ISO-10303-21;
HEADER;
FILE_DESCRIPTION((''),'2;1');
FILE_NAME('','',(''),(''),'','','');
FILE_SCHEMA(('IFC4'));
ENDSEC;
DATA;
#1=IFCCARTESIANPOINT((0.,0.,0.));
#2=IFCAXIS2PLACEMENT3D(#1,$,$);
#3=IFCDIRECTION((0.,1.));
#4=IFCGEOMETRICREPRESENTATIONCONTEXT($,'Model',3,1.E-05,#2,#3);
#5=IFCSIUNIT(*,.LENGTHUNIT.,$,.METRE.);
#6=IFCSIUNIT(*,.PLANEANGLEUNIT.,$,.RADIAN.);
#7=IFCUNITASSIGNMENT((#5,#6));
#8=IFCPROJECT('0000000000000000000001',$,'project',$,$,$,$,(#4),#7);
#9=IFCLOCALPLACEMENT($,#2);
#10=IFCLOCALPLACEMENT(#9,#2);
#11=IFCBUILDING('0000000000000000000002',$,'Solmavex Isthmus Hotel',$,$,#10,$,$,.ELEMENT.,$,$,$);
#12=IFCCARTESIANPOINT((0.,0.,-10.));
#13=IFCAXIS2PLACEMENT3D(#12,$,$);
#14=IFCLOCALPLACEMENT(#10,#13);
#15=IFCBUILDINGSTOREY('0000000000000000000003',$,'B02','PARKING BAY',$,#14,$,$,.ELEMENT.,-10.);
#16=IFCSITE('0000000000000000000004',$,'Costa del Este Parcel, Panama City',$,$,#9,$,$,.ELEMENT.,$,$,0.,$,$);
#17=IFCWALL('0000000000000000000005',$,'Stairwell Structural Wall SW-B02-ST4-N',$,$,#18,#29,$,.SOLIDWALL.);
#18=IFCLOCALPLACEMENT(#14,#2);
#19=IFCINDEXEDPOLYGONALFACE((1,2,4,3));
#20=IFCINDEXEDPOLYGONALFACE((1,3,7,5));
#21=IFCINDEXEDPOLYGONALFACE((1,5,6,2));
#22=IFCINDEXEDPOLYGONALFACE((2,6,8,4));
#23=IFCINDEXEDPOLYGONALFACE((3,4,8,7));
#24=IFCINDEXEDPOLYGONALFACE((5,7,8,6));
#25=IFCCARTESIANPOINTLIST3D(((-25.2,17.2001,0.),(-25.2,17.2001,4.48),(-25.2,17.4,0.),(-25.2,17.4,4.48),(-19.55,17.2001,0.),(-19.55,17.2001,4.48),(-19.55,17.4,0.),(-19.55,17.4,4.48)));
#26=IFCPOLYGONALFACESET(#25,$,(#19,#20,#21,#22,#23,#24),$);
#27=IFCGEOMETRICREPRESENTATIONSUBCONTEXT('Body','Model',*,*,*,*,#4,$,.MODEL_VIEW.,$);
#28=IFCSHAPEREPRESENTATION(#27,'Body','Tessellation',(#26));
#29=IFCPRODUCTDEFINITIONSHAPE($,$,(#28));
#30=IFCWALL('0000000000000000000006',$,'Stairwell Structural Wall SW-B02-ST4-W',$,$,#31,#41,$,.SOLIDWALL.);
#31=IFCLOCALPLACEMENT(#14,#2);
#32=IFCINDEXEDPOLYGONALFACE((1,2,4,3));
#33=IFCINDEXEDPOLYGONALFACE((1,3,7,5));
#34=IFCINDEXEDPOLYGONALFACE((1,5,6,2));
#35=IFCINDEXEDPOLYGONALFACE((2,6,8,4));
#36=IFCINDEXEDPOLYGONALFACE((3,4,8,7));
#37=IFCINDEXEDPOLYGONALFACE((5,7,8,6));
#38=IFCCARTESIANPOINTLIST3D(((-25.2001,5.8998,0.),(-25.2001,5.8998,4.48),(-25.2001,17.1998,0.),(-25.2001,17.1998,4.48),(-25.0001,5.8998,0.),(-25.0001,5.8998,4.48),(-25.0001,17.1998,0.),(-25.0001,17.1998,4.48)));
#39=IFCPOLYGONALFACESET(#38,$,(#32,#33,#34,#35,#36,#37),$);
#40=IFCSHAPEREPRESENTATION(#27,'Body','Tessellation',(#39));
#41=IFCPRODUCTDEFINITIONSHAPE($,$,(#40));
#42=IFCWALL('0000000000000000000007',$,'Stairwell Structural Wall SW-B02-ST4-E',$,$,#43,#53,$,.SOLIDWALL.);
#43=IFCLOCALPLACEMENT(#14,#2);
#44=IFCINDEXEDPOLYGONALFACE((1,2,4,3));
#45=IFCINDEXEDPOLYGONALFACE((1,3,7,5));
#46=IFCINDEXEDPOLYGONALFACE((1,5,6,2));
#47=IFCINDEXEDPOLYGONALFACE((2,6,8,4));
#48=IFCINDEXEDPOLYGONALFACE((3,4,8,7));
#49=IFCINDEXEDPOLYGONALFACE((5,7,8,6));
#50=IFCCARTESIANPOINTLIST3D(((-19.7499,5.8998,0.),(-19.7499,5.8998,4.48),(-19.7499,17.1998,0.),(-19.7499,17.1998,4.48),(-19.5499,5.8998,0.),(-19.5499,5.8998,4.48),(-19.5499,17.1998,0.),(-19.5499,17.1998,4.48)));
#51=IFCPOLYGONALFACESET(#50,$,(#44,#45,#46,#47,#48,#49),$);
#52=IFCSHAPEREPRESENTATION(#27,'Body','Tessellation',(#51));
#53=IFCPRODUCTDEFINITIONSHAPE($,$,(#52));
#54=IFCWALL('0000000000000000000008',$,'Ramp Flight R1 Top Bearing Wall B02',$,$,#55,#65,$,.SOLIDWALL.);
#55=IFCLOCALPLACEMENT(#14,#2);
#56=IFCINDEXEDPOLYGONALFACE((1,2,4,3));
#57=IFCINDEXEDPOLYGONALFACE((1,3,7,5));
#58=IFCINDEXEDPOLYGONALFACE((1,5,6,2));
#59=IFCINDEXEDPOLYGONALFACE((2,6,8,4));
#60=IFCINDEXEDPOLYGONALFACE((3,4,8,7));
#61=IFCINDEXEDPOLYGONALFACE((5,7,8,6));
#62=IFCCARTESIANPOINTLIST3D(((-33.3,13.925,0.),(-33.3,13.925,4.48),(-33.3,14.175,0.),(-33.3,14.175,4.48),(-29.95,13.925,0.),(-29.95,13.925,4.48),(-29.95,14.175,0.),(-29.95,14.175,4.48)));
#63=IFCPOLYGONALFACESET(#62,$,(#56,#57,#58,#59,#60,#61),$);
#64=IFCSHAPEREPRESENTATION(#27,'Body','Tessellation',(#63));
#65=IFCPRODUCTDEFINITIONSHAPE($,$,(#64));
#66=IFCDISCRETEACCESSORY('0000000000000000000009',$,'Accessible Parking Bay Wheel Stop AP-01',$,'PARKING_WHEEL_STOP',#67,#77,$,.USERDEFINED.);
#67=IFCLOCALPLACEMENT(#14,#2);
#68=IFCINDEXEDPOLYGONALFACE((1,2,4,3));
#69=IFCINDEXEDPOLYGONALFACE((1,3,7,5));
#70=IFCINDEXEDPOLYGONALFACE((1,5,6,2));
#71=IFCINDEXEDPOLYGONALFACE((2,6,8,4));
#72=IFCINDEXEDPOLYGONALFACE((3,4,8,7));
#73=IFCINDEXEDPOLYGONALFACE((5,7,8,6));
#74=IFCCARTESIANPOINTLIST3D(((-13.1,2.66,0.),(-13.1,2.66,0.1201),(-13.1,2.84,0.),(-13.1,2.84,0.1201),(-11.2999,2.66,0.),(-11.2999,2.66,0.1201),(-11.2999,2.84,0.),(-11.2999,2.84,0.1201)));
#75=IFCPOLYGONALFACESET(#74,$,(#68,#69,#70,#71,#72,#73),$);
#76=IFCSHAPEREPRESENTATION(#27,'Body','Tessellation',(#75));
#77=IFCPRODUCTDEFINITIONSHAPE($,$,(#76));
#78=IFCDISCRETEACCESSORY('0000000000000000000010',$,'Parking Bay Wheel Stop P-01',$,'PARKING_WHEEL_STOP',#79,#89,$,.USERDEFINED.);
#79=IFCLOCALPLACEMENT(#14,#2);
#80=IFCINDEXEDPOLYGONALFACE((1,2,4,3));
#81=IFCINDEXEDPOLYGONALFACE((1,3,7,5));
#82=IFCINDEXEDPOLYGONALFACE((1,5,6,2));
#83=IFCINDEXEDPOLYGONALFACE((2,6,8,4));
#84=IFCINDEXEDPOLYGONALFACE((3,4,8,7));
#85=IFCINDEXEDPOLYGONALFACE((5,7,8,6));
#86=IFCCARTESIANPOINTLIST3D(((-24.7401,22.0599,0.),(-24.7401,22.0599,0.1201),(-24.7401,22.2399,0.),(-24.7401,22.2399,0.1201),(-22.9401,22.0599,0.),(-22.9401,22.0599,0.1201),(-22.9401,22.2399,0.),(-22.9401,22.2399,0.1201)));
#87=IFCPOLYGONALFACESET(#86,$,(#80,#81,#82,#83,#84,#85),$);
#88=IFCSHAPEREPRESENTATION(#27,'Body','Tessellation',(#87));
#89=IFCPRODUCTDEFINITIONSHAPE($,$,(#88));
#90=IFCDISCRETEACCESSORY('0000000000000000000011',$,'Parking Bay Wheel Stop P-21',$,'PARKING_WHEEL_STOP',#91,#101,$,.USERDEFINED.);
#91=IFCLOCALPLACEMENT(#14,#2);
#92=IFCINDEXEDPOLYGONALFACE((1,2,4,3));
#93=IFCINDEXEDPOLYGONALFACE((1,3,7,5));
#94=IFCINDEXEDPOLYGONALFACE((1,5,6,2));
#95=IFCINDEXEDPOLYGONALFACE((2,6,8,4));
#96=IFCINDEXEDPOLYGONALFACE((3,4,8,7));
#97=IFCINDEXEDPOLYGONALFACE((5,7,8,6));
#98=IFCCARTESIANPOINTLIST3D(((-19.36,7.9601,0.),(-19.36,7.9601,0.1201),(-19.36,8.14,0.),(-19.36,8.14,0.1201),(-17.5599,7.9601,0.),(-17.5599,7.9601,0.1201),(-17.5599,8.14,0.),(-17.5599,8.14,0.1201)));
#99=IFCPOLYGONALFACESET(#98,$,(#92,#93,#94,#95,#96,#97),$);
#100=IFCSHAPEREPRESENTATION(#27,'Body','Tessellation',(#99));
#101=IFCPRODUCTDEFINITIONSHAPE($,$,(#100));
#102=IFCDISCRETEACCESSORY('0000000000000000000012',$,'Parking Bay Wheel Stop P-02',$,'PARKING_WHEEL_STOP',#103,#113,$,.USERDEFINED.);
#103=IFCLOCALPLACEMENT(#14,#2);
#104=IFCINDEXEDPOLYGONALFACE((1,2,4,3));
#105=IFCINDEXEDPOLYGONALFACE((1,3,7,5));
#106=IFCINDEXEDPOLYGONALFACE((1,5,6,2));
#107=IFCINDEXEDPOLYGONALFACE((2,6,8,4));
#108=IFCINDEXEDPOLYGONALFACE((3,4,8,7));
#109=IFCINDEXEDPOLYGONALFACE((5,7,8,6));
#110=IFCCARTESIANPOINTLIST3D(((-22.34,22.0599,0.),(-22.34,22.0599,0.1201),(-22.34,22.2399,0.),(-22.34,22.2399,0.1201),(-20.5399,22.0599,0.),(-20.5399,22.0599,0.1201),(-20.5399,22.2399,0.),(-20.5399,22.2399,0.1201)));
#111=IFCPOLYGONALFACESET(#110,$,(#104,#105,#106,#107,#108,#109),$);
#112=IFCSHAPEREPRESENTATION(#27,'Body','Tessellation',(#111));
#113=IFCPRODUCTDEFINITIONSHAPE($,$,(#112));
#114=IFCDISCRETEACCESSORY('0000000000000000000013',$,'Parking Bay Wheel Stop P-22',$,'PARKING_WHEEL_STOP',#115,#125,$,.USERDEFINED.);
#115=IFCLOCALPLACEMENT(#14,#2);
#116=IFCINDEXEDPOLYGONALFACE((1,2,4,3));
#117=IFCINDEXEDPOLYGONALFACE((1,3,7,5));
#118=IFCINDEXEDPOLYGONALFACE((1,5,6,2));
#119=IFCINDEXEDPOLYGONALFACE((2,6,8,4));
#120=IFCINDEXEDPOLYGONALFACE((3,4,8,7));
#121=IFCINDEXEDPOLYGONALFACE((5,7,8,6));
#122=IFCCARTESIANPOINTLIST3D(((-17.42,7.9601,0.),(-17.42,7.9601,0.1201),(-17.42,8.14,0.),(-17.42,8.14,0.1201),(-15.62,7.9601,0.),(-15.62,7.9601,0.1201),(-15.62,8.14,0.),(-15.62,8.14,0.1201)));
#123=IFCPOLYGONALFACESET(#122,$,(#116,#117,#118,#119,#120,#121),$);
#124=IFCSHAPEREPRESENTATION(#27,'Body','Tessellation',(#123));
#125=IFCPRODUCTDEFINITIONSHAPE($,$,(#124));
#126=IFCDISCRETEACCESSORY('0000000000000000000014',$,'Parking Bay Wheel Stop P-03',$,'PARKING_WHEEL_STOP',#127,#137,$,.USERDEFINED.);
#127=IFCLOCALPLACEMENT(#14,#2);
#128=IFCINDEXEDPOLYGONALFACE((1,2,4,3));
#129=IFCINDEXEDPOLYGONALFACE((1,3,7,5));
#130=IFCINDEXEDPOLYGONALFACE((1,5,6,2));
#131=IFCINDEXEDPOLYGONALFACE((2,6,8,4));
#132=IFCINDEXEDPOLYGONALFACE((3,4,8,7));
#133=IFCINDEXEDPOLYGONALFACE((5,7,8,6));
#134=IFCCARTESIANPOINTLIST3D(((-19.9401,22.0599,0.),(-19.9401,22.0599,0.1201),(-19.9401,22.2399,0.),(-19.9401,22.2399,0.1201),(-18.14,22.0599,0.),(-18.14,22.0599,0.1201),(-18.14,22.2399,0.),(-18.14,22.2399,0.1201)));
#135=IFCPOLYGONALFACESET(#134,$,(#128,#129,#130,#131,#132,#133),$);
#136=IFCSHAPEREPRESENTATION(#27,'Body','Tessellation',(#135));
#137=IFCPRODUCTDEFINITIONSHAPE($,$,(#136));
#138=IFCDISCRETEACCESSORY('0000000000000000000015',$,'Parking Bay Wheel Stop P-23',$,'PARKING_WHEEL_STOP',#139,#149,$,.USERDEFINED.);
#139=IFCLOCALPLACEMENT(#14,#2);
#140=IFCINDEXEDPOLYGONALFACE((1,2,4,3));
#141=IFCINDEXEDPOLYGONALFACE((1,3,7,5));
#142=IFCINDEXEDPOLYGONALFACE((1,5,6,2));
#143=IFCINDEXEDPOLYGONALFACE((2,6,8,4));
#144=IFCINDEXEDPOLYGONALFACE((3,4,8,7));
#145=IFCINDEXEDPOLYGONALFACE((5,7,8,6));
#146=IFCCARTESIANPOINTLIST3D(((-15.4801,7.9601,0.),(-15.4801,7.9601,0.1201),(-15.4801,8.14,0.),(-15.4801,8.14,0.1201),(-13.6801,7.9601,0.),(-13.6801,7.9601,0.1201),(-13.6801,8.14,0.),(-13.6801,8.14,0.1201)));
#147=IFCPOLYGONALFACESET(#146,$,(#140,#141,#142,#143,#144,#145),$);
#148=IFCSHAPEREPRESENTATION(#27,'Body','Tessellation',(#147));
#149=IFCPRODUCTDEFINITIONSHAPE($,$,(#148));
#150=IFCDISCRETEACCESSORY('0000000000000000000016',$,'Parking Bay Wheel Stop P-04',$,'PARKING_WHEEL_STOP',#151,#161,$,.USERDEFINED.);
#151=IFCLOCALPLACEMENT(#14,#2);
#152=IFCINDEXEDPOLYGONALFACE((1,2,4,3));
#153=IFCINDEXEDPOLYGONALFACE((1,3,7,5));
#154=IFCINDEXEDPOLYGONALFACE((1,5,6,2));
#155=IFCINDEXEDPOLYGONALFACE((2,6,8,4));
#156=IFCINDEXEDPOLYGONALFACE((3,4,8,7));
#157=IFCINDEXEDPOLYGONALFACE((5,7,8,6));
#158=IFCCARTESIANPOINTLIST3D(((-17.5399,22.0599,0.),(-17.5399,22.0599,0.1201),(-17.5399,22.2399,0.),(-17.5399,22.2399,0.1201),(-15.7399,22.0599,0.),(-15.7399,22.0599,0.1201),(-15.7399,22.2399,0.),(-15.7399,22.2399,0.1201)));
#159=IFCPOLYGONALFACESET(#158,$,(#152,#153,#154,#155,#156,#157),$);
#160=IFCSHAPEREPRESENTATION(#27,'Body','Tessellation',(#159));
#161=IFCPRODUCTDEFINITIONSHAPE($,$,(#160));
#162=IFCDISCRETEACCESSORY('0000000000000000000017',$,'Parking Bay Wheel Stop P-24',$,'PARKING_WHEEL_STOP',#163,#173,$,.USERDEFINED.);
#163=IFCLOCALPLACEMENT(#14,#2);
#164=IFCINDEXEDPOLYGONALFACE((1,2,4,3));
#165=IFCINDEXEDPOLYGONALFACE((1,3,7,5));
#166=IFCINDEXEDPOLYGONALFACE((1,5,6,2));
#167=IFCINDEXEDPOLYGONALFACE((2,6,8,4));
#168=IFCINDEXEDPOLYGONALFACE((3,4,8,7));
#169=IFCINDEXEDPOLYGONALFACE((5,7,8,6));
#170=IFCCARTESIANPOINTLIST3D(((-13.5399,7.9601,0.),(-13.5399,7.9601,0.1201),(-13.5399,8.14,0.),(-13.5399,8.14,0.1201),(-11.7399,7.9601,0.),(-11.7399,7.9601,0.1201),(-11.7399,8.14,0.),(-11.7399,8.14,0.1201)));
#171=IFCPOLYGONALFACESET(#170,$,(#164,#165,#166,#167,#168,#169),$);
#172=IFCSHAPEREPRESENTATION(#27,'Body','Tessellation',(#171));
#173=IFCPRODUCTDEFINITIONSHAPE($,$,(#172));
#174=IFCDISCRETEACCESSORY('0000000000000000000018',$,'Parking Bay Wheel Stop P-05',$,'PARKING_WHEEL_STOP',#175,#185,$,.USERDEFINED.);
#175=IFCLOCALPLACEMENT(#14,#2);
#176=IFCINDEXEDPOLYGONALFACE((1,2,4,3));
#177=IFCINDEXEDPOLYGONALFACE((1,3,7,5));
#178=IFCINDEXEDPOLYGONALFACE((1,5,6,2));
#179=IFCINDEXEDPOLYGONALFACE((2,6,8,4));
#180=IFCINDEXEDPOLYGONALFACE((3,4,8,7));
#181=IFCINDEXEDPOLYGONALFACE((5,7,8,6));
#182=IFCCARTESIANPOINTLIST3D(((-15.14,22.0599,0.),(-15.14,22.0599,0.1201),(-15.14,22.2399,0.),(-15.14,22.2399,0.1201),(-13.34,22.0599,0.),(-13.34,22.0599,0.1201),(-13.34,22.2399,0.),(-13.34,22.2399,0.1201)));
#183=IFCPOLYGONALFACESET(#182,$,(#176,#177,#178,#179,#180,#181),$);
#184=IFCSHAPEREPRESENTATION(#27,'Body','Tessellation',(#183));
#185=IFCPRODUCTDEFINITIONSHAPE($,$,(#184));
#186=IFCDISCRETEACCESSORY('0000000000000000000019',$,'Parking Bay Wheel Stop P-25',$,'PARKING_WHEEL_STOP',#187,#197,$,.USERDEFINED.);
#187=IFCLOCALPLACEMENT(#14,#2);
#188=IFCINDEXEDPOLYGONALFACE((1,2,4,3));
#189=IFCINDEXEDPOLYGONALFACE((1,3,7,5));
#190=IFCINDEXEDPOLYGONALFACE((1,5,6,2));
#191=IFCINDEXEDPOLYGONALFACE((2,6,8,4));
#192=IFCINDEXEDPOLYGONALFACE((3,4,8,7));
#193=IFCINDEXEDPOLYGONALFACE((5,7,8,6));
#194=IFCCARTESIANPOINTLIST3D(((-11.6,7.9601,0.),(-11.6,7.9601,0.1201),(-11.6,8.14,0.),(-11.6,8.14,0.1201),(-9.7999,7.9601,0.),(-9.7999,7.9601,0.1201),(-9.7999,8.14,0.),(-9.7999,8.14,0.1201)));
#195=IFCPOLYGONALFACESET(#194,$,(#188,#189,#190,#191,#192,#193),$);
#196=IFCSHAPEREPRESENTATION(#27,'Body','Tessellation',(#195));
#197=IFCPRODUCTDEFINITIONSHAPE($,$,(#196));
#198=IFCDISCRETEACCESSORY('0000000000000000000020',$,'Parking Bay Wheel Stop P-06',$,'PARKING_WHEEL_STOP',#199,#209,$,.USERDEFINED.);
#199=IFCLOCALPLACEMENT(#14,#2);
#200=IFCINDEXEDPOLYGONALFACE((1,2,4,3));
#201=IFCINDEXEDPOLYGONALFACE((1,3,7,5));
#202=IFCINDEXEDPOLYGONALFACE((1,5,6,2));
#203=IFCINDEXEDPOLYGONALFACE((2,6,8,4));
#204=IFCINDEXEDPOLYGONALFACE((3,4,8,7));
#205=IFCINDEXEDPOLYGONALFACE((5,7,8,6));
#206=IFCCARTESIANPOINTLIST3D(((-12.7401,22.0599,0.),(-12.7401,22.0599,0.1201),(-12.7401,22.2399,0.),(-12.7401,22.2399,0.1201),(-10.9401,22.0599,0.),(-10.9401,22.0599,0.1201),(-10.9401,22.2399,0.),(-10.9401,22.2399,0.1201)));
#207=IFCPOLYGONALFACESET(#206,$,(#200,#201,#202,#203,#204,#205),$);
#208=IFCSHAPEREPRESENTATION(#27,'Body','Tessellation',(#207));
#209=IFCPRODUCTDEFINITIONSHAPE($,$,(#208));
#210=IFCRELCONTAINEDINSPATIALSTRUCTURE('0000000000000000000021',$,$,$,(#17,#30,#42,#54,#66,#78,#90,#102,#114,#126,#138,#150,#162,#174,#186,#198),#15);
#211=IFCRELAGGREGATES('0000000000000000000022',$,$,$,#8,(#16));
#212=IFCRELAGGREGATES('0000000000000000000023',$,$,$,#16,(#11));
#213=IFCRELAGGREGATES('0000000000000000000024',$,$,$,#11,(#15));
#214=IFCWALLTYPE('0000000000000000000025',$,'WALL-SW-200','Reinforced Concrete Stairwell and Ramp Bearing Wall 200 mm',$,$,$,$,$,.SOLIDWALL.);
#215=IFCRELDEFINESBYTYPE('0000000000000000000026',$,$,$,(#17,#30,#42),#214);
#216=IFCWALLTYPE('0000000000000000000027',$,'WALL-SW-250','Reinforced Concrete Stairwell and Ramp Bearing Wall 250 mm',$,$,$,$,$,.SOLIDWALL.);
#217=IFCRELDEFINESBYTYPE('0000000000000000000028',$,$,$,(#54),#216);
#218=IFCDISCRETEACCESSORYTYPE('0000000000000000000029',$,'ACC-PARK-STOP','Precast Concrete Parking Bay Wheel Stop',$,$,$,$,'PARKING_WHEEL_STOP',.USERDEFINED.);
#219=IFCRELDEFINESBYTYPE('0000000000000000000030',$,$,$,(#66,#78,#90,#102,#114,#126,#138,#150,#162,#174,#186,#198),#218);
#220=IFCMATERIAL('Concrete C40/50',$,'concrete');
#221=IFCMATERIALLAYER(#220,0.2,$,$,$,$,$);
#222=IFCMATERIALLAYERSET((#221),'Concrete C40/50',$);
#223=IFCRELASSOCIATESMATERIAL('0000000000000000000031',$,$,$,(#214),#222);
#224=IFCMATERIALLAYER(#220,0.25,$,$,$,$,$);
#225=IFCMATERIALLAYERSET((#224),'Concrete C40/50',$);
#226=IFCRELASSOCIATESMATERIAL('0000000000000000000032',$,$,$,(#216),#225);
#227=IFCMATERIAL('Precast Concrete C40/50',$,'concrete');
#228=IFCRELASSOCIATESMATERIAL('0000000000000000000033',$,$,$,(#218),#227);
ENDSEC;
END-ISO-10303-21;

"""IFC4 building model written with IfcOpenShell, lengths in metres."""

from ifc_helpers import new_model, si_unit, direction, frame, frame_2d, origin, origin_2d, place, context, subcontext, project, spatial, rectangle, extrude, material, layer, layer_set, type_object, element, save


model = new_model("IFC4")

# Units and contexts
model_context = context("Model", 3, precision=1e-05, world=origin(), true_north=direction((0.0, 1.0)))
body_context = subcontext(model_context, "Body", "Model", "MODEL_VIEW")
ifc_project = project(units=[si_unit("LENGTHUNIT", "METRE"), si_unit("PLANEANGLEUNIT", "RADIAN")], contexts=[model_context])

# Site, building, storey
site_placement = place(None, origin())
site = spatial("IfcSite", under=ifc_project, at=site_placement, Name="Costa del Este Parcel, Panama City", CompositionType="ELEMENT", RefElevation=0.0)
building_placement = place(site_placement, origin())
building = spatial("IfcBuilding", under=site, at=building_placement, Name="Solmavex Isthmus Hotel", CompositionType="ELEMENT")
storey_placement = place(building_placement, frame((0.0, 0.0, -10.0)))
storey = spatial("IfcBuildingStorey", under=building, at=storey_placement, Name="B02", Description="PARKING BAY", CompositionType="ELEMENT", Elevation=-10.0)

# Walls
ifc_material_1 = material(Name="Concrete C40/50", Category="concrete")
ifc_layer_1 = layer(ifc_material_1, 0.2)
ifc_layer_set_1 = layer_set([ifc_layer_1], Name="Concrete C40/50")
wall_type_1 = type_object("IfcWallType", Name="WALL-SW-200", Description="Reinforced Concrete Stairwell and Ramp Bearing Wall 200 mm", PredefinedType="SOLIDWALL", material=ifc_layer_set_1)
for number, where, z_axis, x_axis, name in (
    (1, (-25.2, 17.3, 0.0), (0.0, 0.0, 1.0), (1.0, 0.0, 0.0), "Stairwell Structural Wall SW-B02-ST4-N"),
):
    element("IfcWall", number, at=place(storey_placement, frame(where, z_axis=z_axis, x_axis=x_axis)), inside=storey, type_object=wall_type_1, Name=name, PredefinedType="SOLIDWALL", context=body_context, shape_type="SweptSolid", body=[
        extrude(rectangle(XDim=5.6499, YDim=0.2, at=frame_2d((2.825, 0.0))), origin(), (0.0, 0.0, 1.0), 4.48),
    ])
for number, where, z_axis, x_axis, name in (
    (2, (-25.1001, 5.8999, 0.0), (0.0, 0.0, 1.0), (0.0, 1.0, 0.0), "Stairwell Structural Wall SW-B02-ST4-W"),
    (3, (-19.6499, 5.8999, 0.0), (0.0, 0.0, 1.0), (0.0, 1.0, 0.0), "Stairwell Structural Wall SW-B02-ST4-E"),
):
    element("IfcWall", number, at=place(storey_placement, frame(where, z_axis=z_axis, x_axis=x_axis)), inside=storey, type_object=wall_type_1, Name=name, PredefinedType="SOLIDWALL", context=body_context, shape_type="SweptSolid", body=[
        extrude(rectangle(XDim=11.3, YDim=0.2, at=frame_2d((5.6499, 0.0))), origin(), (0.0, 0.0, 1.0), 4.48),
    ])
ifc_layer_2 = layer(ifc_material_1, 0.25)
ifc_layer_set_2 = layer_set([ifc_layer_2], Name="Concrete C40/50")
wall_type_2 = type_object("IfcWallType", Name="WALL-SW-250", Description="Reinforced Concrete Stairwell and Ramp Bearing Wall 250 mm", PredefinedType="SOLIDWALL", material=ifc_layer_set_2)
wall_1_placement = place(storey_placement, frame((-33.3, 14.05, 0.0), z_axis=(0.0, 0.0, 1.0), x_axis=(1.0, 0.0, 0.0)))
element("IfcWall", 4, at=wall_1_placement, inside=storey, type_object=wall_type_2, Name="Ramp Flight R1 Top Bearing Wall B02", PredefinedType="SOLIDWALL", context=body_context, shape_type="SweptSolid", body=[
    extrude(rectangle(XDim=3.3501, YDim=0.25, at=frame_2d((1.675, 0.0))), origin(), (0.0, 0.0, 1.0), 4.48),
])

# Discrete accessories
ifc_material_2 = material(Name="Precast Concrete C40/50", Category="concrete")
discrete_accessory_type = type_object("IfcDiscreteAccessoryType", Name="ACC-PARK-STOP", Description="Precast Concrete Parking Bay Wheel Stop", ElementType="PARKING_WHEEL_STOP", PredefinedType="USERDEFINED", material=ifc_material_2)
for number, where, z_axis, x_axis, name in (
    (5, (-12.2, 2.75, 0.0), (0.0, 0.0, 1.0), (1.0, 0.0, 0.0), "Accessible Parking Bay Wheel Stop AP-01"),
    (6, (-23.8401, 22.1499, 0.0), (0.0, 0.0, 1.0), (1.0, 0.0, 0.0), "Parking Bay Wheel Stop P-01"),
    (7, (-18.46, 8.05, 0.0), (0.0, 0.0, 1.0), (1.0, 0.0, 0.0), "Parking Bay Wheel Stop P-21"),
    (8, (-21.4399, 22.1499, 0.0), (0.0, 0.0, 1.0), (1.0, 0.0, 0.0), "Parking Bay Wheel Stop P-02"),
    (9, (-16.52, 8.05, 0.0), (0.0, 0.0, 1.0), (1.0, 0.0, 0.0), "Parking Bay Wheel Stop P-22"),
    (10, (-19.04, 22.1499, 0.0), (0.0, 0.0, 1.0), (1.0, 0.0, 0.0), "Parking Bay Wheel Stop P-03"),
    (11, (-14.5801, 8.05, 0.0), (0.0, 0.0, 1.0), (1.0, 0.0, 0.0), "Parking Bay Wheel Stop P-23"),
    (12, (-16.6399, 22.1499, 0.0), (0.0, 0.0, 1.0), (1.0, 0.0, 0.0), "Parking Bay Wheel Stop P-04"),
    (13, (-12.6399, 8.05, 0.0), (0.0, 0.0, 1.0), (1.0, 0.0, 0.0), "Parking Bay Wheel Stop P-24"),
    (14, (-14.24, 22.1499, 0.0), (0.0, 0.0, 1.0), (1.0, 0.0, 0.0), "Parking Bay Wheel Stop P-05"),
    (15, (-10.7, 8.05, 0.0), (0.0, 0.0, 1.0), (1.0, 0.0, 0.0), "Parking Bay Wheel Stop P-25"),
    (16, (-11.8401, 22.1499, 0.0), (0.0, 0.0, 1.0), (1.0, 0.0, 0.0), "Parking Bay Wheel Stop P-06"),
):
    element("IfcDiscreteAccessory", number, at=place(storey_placement, frame(where, z_axis=z_axis, x_axis=x_axis)), inside=storey, type_object=discrete_accessory_type, Name=name, ObjectType="PARKING_WHEEL_STOP", PredefinedType="USERDEFINED", context=body_context, shape_type="SweptSolid", body=[
        extrude(rectangle(XDim=1.8, YDim=0.1799, at=origin_2d()), origin(), (0.0, 0.0, 1.0), 0.1201),
    ])

save(model, "model.ifc")
